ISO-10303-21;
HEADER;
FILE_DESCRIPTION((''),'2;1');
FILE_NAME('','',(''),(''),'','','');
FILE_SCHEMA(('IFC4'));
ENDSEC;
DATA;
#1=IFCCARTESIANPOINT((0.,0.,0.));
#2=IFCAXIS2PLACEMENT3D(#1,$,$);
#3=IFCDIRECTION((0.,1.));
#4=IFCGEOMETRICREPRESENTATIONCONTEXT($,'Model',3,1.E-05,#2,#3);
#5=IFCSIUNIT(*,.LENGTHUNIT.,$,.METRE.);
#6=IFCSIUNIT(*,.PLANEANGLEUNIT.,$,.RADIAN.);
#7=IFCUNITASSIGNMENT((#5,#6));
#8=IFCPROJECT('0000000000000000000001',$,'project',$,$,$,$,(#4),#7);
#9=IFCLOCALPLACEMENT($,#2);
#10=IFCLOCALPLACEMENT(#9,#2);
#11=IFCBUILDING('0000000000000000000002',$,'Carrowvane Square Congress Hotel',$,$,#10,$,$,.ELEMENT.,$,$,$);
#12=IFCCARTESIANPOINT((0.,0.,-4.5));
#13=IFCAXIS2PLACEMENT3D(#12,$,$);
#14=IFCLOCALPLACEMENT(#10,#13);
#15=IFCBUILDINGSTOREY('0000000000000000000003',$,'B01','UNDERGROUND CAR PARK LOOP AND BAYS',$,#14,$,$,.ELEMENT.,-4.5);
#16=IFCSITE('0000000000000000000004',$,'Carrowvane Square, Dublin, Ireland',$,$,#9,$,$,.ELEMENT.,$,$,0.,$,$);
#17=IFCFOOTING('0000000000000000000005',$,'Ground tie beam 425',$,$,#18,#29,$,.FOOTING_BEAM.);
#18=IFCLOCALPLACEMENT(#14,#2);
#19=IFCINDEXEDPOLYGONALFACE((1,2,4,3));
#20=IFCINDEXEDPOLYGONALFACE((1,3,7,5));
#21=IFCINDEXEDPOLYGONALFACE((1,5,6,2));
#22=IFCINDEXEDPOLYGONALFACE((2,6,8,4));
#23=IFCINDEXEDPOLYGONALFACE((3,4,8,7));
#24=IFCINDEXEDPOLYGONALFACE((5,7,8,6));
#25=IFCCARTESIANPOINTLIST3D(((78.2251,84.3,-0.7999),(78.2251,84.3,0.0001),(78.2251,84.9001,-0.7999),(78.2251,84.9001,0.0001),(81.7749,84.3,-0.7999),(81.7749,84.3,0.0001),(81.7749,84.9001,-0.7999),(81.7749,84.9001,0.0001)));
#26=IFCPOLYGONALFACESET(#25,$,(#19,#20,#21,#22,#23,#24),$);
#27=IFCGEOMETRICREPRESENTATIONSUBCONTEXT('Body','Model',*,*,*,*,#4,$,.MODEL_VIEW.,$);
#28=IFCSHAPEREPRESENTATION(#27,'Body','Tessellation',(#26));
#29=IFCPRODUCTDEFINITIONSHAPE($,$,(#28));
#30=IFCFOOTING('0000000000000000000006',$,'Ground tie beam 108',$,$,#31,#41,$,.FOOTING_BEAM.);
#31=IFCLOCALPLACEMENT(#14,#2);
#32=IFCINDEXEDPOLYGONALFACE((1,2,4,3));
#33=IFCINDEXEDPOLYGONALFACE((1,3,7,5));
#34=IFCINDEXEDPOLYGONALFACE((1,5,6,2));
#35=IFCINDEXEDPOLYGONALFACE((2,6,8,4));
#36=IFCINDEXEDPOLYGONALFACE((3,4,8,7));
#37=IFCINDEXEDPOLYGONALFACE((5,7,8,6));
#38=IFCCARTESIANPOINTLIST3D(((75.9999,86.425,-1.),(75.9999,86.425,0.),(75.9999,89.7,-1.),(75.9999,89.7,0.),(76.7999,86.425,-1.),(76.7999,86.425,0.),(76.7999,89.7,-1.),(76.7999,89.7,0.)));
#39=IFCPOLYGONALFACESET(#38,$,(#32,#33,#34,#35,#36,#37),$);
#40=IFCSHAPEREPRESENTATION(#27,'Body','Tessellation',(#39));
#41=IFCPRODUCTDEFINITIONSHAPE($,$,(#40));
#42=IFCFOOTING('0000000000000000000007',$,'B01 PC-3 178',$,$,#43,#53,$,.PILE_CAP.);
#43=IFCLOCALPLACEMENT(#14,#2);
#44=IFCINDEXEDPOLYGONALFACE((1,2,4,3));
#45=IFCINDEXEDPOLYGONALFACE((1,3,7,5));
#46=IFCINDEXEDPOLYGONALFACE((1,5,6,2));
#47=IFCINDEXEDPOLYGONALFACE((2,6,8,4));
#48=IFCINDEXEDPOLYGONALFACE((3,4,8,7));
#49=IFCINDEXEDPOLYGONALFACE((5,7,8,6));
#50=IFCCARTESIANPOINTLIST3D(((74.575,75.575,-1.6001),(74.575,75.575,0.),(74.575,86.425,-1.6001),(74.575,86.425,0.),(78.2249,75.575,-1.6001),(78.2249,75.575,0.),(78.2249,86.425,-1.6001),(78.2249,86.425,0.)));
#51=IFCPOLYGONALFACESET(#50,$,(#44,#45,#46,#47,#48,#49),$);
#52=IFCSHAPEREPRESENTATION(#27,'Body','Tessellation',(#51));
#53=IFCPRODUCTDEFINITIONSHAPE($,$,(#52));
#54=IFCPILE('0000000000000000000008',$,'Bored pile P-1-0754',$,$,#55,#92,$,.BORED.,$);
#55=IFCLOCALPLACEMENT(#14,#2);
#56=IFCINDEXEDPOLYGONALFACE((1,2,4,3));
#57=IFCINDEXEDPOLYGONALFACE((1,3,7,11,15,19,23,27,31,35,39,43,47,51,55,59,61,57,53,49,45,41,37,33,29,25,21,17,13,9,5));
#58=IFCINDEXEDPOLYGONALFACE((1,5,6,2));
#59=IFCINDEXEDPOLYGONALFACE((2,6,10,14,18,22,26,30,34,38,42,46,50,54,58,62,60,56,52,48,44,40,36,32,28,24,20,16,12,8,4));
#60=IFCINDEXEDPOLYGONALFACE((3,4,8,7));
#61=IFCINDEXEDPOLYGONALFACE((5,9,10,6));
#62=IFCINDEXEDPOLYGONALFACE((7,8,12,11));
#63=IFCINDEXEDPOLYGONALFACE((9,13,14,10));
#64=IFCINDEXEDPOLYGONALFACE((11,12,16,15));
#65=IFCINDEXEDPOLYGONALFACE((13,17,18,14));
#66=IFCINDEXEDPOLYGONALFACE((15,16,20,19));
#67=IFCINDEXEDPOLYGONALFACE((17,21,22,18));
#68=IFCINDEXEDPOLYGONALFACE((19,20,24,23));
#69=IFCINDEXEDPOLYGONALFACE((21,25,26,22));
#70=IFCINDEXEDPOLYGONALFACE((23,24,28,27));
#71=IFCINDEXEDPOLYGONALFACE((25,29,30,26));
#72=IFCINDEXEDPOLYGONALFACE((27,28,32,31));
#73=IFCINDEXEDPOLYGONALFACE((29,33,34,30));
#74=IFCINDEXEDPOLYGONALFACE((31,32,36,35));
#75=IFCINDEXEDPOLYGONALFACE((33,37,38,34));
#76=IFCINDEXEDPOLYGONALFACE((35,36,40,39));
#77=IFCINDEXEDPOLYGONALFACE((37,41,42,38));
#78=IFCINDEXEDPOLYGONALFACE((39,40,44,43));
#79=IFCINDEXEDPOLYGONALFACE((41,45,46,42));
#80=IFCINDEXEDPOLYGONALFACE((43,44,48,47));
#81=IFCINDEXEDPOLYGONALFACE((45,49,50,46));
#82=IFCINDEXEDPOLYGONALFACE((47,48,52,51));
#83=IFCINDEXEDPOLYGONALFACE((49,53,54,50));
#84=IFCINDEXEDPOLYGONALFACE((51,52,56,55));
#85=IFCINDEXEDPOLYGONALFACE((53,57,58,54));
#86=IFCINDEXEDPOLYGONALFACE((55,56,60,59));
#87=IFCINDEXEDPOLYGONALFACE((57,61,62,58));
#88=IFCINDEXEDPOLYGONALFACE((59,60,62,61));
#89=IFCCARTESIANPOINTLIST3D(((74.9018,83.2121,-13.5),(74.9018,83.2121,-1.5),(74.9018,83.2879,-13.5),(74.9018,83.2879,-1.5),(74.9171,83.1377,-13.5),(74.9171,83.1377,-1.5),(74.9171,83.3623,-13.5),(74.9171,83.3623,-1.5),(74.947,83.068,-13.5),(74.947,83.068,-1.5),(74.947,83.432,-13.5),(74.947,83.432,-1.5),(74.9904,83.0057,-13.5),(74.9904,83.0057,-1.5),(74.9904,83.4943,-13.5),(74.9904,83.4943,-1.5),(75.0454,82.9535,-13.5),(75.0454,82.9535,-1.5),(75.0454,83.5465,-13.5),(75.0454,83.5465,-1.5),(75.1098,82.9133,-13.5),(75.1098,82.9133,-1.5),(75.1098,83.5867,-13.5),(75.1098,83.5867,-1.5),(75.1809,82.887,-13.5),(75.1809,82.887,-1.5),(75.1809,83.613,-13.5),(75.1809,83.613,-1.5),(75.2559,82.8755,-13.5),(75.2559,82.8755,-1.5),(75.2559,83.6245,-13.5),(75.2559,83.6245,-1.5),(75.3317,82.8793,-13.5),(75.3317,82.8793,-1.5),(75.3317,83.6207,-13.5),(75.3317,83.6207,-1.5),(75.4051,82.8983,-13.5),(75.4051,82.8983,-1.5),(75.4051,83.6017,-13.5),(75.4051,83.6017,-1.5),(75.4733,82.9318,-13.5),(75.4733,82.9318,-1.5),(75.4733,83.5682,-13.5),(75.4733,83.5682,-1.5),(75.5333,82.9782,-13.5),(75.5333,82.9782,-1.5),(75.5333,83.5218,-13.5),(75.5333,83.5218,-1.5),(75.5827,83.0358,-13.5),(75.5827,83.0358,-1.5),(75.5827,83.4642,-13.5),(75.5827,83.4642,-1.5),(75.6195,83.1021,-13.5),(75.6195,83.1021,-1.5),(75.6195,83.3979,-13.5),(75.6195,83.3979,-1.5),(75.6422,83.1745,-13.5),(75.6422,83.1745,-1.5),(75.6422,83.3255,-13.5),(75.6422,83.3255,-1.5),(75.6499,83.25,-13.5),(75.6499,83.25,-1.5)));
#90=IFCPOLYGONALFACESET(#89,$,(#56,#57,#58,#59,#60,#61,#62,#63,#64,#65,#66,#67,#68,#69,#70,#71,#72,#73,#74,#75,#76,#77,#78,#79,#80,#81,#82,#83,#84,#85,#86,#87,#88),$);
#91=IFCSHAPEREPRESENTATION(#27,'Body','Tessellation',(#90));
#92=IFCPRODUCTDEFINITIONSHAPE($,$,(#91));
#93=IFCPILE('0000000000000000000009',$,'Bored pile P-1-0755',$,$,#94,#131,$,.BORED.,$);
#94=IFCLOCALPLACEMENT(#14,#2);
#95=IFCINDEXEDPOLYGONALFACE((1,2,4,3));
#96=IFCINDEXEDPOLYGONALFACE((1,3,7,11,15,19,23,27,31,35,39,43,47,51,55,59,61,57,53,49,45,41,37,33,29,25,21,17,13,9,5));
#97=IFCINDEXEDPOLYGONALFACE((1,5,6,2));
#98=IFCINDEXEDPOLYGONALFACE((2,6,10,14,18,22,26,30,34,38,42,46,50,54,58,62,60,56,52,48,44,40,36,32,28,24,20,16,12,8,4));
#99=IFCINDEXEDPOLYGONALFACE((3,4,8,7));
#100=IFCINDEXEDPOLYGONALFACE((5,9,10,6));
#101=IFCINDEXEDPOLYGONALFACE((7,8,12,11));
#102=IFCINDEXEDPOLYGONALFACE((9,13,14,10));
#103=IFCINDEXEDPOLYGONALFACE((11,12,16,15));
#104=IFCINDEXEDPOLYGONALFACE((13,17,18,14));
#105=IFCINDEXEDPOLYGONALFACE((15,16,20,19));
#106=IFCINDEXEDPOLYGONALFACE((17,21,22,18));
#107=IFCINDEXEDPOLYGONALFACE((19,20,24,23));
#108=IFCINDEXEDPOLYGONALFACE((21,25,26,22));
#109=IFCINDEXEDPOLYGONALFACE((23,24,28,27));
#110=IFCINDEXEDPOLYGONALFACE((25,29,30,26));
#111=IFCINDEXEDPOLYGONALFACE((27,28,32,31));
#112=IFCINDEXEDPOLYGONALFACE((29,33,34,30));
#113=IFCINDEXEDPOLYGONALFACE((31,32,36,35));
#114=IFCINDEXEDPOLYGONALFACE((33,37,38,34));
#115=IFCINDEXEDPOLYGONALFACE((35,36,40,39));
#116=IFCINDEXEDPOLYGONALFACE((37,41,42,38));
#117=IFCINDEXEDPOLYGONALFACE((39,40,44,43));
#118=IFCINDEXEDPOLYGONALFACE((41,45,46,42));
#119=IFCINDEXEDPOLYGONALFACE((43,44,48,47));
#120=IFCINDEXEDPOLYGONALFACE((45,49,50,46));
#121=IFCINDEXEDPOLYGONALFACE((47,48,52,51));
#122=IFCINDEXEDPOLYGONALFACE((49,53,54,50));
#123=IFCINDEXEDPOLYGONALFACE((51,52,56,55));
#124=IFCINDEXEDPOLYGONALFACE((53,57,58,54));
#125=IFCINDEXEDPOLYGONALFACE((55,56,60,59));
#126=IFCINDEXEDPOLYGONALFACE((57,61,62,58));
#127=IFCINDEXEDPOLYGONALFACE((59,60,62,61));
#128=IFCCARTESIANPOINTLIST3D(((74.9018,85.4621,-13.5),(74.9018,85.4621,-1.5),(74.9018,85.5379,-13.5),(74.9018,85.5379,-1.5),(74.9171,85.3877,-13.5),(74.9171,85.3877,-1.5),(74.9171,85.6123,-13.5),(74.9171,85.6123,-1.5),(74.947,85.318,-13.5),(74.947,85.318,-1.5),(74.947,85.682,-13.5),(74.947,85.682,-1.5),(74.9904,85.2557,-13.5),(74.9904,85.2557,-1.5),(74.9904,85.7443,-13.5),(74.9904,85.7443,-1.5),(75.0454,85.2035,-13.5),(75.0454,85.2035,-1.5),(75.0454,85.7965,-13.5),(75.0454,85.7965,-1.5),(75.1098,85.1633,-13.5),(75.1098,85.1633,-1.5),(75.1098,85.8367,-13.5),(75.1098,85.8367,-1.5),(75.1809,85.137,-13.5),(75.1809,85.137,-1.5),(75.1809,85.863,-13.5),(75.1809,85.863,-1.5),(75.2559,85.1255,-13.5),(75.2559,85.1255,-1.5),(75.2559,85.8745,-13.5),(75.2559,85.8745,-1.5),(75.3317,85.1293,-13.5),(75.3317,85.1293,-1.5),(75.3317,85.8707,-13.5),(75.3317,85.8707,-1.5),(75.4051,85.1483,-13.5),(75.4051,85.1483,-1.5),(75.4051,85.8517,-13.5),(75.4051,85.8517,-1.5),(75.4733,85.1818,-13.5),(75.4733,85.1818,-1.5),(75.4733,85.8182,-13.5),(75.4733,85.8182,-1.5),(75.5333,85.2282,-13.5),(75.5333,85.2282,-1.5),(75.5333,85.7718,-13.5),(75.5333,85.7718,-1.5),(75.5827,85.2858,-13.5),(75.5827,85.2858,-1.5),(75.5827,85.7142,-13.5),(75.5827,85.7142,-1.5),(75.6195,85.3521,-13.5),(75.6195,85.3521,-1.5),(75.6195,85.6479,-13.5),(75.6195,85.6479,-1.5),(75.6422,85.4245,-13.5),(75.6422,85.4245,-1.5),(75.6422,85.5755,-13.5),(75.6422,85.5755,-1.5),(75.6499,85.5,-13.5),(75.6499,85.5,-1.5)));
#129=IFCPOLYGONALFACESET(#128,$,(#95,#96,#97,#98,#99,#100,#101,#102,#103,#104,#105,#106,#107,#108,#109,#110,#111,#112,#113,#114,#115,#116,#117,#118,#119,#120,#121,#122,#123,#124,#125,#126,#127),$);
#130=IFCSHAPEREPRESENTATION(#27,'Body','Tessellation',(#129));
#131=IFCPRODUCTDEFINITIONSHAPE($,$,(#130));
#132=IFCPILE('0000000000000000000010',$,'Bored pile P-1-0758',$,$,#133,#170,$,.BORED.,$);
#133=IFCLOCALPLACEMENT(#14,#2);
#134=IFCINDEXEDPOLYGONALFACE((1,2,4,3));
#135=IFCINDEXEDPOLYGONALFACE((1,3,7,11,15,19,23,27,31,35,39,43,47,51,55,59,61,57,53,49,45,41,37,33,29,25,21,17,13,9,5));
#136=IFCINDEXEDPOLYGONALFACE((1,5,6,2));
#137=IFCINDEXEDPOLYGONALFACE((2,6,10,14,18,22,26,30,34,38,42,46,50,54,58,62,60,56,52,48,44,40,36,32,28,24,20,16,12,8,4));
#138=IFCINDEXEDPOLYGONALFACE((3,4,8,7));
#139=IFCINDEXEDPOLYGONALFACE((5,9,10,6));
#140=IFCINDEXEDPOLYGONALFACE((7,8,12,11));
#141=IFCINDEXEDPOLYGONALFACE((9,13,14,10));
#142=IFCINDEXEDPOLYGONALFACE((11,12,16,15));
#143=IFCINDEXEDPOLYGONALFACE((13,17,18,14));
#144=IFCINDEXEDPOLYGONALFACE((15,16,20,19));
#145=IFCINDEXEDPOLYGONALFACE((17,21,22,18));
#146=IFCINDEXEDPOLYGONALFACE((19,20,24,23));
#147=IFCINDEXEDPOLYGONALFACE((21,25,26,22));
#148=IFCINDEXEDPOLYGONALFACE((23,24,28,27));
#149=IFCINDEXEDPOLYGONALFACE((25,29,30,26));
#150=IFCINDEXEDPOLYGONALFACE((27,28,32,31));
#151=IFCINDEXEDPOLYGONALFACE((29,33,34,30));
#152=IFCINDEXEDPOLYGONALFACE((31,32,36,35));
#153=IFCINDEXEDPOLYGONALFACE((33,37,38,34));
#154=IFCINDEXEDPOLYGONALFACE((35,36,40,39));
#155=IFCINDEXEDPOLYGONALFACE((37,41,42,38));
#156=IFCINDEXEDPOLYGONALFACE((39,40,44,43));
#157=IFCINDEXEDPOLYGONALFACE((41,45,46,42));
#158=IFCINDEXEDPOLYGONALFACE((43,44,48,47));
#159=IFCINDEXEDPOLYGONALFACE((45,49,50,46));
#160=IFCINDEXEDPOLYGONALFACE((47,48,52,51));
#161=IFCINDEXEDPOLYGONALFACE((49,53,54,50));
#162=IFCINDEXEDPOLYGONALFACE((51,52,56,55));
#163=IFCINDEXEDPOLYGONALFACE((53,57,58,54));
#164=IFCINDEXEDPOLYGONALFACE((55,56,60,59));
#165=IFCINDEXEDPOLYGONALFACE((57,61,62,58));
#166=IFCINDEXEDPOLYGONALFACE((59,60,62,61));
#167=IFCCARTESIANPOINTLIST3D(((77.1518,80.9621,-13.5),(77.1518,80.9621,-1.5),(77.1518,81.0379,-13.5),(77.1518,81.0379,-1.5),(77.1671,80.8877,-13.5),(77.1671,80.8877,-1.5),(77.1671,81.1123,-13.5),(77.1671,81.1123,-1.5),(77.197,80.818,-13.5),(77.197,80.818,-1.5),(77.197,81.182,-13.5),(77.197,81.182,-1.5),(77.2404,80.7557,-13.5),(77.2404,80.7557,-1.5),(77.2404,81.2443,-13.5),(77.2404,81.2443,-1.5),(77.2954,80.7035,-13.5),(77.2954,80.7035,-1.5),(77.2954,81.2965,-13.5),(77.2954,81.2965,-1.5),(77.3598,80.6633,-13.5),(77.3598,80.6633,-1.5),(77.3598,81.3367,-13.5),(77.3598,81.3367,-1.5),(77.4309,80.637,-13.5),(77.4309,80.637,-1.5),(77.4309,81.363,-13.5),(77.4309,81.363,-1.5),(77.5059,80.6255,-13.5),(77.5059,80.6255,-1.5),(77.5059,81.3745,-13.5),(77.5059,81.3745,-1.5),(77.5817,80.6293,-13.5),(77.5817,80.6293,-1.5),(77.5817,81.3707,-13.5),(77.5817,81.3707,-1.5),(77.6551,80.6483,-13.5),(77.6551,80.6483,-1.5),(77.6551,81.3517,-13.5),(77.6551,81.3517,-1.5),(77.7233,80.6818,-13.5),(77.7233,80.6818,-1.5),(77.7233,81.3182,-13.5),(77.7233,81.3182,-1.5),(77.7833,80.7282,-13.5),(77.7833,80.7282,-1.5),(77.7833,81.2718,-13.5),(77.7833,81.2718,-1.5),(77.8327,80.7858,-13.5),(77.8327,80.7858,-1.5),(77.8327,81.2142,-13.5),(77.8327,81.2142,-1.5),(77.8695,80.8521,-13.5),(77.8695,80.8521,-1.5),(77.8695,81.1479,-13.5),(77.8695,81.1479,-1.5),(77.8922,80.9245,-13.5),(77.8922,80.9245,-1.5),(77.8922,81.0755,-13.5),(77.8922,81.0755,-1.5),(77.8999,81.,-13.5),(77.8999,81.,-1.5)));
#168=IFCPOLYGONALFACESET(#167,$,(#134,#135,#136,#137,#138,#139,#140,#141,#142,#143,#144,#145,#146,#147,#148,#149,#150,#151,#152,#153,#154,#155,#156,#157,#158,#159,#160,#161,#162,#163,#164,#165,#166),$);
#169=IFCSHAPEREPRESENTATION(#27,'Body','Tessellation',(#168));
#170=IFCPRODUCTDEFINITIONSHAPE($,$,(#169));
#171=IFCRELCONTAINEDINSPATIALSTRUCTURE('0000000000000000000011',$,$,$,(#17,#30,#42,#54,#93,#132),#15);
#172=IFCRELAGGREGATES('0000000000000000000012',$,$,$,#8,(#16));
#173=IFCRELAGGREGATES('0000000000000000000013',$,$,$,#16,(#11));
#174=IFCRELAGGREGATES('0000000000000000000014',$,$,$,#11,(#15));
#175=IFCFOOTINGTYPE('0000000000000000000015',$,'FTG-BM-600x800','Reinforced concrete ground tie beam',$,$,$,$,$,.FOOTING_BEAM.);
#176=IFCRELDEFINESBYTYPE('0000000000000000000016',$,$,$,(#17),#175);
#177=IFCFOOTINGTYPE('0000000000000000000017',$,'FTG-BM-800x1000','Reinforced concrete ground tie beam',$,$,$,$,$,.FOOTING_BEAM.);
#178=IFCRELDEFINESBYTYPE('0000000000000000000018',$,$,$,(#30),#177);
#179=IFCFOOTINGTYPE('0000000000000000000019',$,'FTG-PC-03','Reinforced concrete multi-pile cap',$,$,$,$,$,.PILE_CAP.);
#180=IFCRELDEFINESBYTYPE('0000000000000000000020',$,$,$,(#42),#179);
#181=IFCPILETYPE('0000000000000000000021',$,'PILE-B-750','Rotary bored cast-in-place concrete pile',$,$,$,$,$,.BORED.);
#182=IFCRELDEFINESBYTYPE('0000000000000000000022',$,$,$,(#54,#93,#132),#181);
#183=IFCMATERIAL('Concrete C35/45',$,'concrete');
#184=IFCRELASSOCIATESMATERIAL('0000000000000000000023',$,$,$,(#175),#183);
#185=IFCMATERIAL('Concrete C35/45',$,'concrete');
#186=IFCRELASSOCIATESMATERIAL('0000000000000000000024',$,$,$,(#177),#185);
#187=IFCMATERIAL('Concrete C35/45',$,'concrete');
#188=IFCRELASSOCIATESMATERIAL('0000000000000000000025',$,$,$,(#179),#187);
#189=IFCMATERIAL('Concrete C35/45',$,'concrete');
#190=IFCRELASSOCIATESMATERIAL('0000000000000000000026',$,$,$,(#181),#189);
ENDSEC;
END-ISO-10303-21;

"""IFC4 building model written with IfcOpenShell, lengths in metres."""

from ifc_helpers import new_model, si_unit, direction, frame, origin, origin_2d, place, context, subcontext, project, spatial, rectangle, circle, extrude, material, material_profile, profile_set, type_object, element, save


model = new_model("IFC4")

# Units and contexts
model_context = context("Model", 3, precision=1e-05, world=origin(), true_north=direction((0.0, 1.0)))
body_context = subcontext(model_context, "Body", "Model", "MODEL_VIEW")
ifc_project = project(units=[si_unit("LENGTHUNIT", "METRE"), si_unit("PLANEANGLEUNIT", "RADIAN")], contexts=[model_context])

# Site, building, storey
site_placement = place(None, origin())
site = spatial("IfcSite", under=ifc_project, at=site_placement, Name="Carrowvane Square, Dublin, Ireland", CompositionType="ELEMENT", RefElevation=0.0)
building_placement = place(site_placement, origin())
building = spatial("IfcBuilding", under=site, at=building_placement, Name="Carrowvane Square Congress Hotel", CompositionType="ELEMENT")
storey_placement = place(building_placement, frame((0.0, 0.0, -4.5)))
storey = spatial("IfcBuildingStorey", under=building, at=storey_placement, Name="B01", Description="UNDERGROUND CAR PARK LOOP AND BAYS", CompositionType="ELEMENT", Elevation=-4.5)

# Footings
ifc_material_1 = material(Name="Concrete C35/45", Category="concrete")
ifc_material_profile_1 = material_profile(ifc_material_1, rectangle(XDim=0.6001, YDim=0.8, at=origin_2d()), Name="RC 600x800")
ifc_profile_set_1 = profile_set([ifc_material_profile_1], Name="Concrete C35/45")
footing_type_1 = type_object("IfcFootingType", Name="FTG-BM-600x800", Description="Reinforced concrete ground tie beam", PredefinedType="FOOTING_BEAM", material=ifc_profile_set_1)
footing_1_placement = place(storey_placement, frame((78.2251, 84.6001, -0.3999), z_axis=(1.0, 0.0, 0.0), x_axis=(0.0, 1.0, 0.0)))
element("IfcFooting", 1, at=footing_1_placement, inside=storey, type_object=footing_type_1, Name="Ground tie beam 425", PredefinedType="FOOTING_BEAM", context=body_context, shape_type="SweptSolid", body=[
    extrude(rectangle(XDim=0.6001, YDim=0.8, at=origin_2d()), origin(), (0.0, 0.0, 1.0), 3.5498),
])
ifc_material_2 = material(Name="Concrete C35/45", Category="concrete")
ifc_material_profile_2 = material_profile(ifc_material_2, rectangle(XDim=0.8, YDim=1.0, at=origin_2d()), Name="RC 800x1000")
ifc_profile_set_2 = profile_set([ifc_material_profile_2], Name="Concrete C35/45")
footing_type_2 = type_object("IfcFootingType", Name="FTG-BM-800x1000", Description="Reinforced concrete ground tie beam", PredefinedType="FOOTING_BEAM", material=ifc_profile_set_2)
footing_2_placement = place(storey_placement, frame((76.3999, 86.425, -0.5), z_axis=(0.0, 1.0, 0.0), x_axis=(-1.0, 0.0, 0.0)))
element("IfcFooting", 2, at=footing_2_placement, inside=storey, type_object=footing_type_2, Name="Ground tie beam 108", PredefinedType="FOOTING_BEAM", context=body_context, shape_type="SweptSolid", body=[
    extrude(rectangle(XDim=0.8, YDim=1.0, at=origin_2d()), origin(), (0.0, 0.0, 1.0), 3.2749),
])
ifc_material_3 = material(Name="Concrete C35/45", Category="concrete")
footing_type_3 = type_object("IfcFootingType", Name="FTG-PC-03", Description="Reinforced concrete multi-pile cap", PredefinedType="PILE_CAP", material=ifc_material_3)
footing_3_placement = place(storey_placement, frame((76.3999, 81.0, -1.6001), z_axis=(0.0, 0.0, 1.0), x_axis=(1.0, 0.0, 0.0)))
element("IfcFooting", 3, at=footing_3_placement, inside=storey, type_object=footing_type_3, Name="B01 PC-3 178", PredefinedType="PILE_CAP", context=body_context, shape_type="SweptSolid", body=[
    extrude(rectangle(XDim=3.6499, YDim=10.8501, at=origin_2d()), origin(), (0.0, 0.0, 1.0), 1.6001),
])

# Piles
ifc_material_4 = material(Name="Concrete C35/45", Category="concrete")
ifc_material_profile_3 = material_profile(ifc_material_4, circle(Radius=0.375, at=origin_2d()), Name="PILE D750")
ifc_profile_set_3 = profile_set([ifc_material_profile_3], Name="Concrete C35/45")
pile_type_1 = type_object("IfcPileType", Name="PILE-B-750", Description="Rotary bored cast-in-place concrete pile", PredefinedType="BORED", material=ifc_profile_set_3)
for number, where, z_axis, x_axis, name in (
    (4, (75.2749, 83.25, -1.5), (0.0, 0.0, -1.0), (1.0, 0.0, 0.0), "Bored pile P-1-0754"),
    (5, (75.2749, 85.5, -1.5), (0.0, 0.0, -1.0), (1.0, 0.0, 0.0), "Bored pile P-1-0755"),
    (6, (77.5249, 81.0, -1.5), (0.0, 0.0, -1.0), (1.0, 0.0, 0.0), "Bored pile P-1-0758"),
):
    element("IfcPile", number, at=place(storey_placement, frame(where, z_axis=z_axis, x_axis=x_axis)), inside=storey, type_object=pile_type_1, Name=name, PredefinedType="BORED", context=body_context, shape_type="SweptSolid", body=[
        extrude(circle(Radius=0.375, at=origin_2d()), origin(), (0.0, 0.0, 1.0), 12.0),
    ])

save(model, "model.ifc")
